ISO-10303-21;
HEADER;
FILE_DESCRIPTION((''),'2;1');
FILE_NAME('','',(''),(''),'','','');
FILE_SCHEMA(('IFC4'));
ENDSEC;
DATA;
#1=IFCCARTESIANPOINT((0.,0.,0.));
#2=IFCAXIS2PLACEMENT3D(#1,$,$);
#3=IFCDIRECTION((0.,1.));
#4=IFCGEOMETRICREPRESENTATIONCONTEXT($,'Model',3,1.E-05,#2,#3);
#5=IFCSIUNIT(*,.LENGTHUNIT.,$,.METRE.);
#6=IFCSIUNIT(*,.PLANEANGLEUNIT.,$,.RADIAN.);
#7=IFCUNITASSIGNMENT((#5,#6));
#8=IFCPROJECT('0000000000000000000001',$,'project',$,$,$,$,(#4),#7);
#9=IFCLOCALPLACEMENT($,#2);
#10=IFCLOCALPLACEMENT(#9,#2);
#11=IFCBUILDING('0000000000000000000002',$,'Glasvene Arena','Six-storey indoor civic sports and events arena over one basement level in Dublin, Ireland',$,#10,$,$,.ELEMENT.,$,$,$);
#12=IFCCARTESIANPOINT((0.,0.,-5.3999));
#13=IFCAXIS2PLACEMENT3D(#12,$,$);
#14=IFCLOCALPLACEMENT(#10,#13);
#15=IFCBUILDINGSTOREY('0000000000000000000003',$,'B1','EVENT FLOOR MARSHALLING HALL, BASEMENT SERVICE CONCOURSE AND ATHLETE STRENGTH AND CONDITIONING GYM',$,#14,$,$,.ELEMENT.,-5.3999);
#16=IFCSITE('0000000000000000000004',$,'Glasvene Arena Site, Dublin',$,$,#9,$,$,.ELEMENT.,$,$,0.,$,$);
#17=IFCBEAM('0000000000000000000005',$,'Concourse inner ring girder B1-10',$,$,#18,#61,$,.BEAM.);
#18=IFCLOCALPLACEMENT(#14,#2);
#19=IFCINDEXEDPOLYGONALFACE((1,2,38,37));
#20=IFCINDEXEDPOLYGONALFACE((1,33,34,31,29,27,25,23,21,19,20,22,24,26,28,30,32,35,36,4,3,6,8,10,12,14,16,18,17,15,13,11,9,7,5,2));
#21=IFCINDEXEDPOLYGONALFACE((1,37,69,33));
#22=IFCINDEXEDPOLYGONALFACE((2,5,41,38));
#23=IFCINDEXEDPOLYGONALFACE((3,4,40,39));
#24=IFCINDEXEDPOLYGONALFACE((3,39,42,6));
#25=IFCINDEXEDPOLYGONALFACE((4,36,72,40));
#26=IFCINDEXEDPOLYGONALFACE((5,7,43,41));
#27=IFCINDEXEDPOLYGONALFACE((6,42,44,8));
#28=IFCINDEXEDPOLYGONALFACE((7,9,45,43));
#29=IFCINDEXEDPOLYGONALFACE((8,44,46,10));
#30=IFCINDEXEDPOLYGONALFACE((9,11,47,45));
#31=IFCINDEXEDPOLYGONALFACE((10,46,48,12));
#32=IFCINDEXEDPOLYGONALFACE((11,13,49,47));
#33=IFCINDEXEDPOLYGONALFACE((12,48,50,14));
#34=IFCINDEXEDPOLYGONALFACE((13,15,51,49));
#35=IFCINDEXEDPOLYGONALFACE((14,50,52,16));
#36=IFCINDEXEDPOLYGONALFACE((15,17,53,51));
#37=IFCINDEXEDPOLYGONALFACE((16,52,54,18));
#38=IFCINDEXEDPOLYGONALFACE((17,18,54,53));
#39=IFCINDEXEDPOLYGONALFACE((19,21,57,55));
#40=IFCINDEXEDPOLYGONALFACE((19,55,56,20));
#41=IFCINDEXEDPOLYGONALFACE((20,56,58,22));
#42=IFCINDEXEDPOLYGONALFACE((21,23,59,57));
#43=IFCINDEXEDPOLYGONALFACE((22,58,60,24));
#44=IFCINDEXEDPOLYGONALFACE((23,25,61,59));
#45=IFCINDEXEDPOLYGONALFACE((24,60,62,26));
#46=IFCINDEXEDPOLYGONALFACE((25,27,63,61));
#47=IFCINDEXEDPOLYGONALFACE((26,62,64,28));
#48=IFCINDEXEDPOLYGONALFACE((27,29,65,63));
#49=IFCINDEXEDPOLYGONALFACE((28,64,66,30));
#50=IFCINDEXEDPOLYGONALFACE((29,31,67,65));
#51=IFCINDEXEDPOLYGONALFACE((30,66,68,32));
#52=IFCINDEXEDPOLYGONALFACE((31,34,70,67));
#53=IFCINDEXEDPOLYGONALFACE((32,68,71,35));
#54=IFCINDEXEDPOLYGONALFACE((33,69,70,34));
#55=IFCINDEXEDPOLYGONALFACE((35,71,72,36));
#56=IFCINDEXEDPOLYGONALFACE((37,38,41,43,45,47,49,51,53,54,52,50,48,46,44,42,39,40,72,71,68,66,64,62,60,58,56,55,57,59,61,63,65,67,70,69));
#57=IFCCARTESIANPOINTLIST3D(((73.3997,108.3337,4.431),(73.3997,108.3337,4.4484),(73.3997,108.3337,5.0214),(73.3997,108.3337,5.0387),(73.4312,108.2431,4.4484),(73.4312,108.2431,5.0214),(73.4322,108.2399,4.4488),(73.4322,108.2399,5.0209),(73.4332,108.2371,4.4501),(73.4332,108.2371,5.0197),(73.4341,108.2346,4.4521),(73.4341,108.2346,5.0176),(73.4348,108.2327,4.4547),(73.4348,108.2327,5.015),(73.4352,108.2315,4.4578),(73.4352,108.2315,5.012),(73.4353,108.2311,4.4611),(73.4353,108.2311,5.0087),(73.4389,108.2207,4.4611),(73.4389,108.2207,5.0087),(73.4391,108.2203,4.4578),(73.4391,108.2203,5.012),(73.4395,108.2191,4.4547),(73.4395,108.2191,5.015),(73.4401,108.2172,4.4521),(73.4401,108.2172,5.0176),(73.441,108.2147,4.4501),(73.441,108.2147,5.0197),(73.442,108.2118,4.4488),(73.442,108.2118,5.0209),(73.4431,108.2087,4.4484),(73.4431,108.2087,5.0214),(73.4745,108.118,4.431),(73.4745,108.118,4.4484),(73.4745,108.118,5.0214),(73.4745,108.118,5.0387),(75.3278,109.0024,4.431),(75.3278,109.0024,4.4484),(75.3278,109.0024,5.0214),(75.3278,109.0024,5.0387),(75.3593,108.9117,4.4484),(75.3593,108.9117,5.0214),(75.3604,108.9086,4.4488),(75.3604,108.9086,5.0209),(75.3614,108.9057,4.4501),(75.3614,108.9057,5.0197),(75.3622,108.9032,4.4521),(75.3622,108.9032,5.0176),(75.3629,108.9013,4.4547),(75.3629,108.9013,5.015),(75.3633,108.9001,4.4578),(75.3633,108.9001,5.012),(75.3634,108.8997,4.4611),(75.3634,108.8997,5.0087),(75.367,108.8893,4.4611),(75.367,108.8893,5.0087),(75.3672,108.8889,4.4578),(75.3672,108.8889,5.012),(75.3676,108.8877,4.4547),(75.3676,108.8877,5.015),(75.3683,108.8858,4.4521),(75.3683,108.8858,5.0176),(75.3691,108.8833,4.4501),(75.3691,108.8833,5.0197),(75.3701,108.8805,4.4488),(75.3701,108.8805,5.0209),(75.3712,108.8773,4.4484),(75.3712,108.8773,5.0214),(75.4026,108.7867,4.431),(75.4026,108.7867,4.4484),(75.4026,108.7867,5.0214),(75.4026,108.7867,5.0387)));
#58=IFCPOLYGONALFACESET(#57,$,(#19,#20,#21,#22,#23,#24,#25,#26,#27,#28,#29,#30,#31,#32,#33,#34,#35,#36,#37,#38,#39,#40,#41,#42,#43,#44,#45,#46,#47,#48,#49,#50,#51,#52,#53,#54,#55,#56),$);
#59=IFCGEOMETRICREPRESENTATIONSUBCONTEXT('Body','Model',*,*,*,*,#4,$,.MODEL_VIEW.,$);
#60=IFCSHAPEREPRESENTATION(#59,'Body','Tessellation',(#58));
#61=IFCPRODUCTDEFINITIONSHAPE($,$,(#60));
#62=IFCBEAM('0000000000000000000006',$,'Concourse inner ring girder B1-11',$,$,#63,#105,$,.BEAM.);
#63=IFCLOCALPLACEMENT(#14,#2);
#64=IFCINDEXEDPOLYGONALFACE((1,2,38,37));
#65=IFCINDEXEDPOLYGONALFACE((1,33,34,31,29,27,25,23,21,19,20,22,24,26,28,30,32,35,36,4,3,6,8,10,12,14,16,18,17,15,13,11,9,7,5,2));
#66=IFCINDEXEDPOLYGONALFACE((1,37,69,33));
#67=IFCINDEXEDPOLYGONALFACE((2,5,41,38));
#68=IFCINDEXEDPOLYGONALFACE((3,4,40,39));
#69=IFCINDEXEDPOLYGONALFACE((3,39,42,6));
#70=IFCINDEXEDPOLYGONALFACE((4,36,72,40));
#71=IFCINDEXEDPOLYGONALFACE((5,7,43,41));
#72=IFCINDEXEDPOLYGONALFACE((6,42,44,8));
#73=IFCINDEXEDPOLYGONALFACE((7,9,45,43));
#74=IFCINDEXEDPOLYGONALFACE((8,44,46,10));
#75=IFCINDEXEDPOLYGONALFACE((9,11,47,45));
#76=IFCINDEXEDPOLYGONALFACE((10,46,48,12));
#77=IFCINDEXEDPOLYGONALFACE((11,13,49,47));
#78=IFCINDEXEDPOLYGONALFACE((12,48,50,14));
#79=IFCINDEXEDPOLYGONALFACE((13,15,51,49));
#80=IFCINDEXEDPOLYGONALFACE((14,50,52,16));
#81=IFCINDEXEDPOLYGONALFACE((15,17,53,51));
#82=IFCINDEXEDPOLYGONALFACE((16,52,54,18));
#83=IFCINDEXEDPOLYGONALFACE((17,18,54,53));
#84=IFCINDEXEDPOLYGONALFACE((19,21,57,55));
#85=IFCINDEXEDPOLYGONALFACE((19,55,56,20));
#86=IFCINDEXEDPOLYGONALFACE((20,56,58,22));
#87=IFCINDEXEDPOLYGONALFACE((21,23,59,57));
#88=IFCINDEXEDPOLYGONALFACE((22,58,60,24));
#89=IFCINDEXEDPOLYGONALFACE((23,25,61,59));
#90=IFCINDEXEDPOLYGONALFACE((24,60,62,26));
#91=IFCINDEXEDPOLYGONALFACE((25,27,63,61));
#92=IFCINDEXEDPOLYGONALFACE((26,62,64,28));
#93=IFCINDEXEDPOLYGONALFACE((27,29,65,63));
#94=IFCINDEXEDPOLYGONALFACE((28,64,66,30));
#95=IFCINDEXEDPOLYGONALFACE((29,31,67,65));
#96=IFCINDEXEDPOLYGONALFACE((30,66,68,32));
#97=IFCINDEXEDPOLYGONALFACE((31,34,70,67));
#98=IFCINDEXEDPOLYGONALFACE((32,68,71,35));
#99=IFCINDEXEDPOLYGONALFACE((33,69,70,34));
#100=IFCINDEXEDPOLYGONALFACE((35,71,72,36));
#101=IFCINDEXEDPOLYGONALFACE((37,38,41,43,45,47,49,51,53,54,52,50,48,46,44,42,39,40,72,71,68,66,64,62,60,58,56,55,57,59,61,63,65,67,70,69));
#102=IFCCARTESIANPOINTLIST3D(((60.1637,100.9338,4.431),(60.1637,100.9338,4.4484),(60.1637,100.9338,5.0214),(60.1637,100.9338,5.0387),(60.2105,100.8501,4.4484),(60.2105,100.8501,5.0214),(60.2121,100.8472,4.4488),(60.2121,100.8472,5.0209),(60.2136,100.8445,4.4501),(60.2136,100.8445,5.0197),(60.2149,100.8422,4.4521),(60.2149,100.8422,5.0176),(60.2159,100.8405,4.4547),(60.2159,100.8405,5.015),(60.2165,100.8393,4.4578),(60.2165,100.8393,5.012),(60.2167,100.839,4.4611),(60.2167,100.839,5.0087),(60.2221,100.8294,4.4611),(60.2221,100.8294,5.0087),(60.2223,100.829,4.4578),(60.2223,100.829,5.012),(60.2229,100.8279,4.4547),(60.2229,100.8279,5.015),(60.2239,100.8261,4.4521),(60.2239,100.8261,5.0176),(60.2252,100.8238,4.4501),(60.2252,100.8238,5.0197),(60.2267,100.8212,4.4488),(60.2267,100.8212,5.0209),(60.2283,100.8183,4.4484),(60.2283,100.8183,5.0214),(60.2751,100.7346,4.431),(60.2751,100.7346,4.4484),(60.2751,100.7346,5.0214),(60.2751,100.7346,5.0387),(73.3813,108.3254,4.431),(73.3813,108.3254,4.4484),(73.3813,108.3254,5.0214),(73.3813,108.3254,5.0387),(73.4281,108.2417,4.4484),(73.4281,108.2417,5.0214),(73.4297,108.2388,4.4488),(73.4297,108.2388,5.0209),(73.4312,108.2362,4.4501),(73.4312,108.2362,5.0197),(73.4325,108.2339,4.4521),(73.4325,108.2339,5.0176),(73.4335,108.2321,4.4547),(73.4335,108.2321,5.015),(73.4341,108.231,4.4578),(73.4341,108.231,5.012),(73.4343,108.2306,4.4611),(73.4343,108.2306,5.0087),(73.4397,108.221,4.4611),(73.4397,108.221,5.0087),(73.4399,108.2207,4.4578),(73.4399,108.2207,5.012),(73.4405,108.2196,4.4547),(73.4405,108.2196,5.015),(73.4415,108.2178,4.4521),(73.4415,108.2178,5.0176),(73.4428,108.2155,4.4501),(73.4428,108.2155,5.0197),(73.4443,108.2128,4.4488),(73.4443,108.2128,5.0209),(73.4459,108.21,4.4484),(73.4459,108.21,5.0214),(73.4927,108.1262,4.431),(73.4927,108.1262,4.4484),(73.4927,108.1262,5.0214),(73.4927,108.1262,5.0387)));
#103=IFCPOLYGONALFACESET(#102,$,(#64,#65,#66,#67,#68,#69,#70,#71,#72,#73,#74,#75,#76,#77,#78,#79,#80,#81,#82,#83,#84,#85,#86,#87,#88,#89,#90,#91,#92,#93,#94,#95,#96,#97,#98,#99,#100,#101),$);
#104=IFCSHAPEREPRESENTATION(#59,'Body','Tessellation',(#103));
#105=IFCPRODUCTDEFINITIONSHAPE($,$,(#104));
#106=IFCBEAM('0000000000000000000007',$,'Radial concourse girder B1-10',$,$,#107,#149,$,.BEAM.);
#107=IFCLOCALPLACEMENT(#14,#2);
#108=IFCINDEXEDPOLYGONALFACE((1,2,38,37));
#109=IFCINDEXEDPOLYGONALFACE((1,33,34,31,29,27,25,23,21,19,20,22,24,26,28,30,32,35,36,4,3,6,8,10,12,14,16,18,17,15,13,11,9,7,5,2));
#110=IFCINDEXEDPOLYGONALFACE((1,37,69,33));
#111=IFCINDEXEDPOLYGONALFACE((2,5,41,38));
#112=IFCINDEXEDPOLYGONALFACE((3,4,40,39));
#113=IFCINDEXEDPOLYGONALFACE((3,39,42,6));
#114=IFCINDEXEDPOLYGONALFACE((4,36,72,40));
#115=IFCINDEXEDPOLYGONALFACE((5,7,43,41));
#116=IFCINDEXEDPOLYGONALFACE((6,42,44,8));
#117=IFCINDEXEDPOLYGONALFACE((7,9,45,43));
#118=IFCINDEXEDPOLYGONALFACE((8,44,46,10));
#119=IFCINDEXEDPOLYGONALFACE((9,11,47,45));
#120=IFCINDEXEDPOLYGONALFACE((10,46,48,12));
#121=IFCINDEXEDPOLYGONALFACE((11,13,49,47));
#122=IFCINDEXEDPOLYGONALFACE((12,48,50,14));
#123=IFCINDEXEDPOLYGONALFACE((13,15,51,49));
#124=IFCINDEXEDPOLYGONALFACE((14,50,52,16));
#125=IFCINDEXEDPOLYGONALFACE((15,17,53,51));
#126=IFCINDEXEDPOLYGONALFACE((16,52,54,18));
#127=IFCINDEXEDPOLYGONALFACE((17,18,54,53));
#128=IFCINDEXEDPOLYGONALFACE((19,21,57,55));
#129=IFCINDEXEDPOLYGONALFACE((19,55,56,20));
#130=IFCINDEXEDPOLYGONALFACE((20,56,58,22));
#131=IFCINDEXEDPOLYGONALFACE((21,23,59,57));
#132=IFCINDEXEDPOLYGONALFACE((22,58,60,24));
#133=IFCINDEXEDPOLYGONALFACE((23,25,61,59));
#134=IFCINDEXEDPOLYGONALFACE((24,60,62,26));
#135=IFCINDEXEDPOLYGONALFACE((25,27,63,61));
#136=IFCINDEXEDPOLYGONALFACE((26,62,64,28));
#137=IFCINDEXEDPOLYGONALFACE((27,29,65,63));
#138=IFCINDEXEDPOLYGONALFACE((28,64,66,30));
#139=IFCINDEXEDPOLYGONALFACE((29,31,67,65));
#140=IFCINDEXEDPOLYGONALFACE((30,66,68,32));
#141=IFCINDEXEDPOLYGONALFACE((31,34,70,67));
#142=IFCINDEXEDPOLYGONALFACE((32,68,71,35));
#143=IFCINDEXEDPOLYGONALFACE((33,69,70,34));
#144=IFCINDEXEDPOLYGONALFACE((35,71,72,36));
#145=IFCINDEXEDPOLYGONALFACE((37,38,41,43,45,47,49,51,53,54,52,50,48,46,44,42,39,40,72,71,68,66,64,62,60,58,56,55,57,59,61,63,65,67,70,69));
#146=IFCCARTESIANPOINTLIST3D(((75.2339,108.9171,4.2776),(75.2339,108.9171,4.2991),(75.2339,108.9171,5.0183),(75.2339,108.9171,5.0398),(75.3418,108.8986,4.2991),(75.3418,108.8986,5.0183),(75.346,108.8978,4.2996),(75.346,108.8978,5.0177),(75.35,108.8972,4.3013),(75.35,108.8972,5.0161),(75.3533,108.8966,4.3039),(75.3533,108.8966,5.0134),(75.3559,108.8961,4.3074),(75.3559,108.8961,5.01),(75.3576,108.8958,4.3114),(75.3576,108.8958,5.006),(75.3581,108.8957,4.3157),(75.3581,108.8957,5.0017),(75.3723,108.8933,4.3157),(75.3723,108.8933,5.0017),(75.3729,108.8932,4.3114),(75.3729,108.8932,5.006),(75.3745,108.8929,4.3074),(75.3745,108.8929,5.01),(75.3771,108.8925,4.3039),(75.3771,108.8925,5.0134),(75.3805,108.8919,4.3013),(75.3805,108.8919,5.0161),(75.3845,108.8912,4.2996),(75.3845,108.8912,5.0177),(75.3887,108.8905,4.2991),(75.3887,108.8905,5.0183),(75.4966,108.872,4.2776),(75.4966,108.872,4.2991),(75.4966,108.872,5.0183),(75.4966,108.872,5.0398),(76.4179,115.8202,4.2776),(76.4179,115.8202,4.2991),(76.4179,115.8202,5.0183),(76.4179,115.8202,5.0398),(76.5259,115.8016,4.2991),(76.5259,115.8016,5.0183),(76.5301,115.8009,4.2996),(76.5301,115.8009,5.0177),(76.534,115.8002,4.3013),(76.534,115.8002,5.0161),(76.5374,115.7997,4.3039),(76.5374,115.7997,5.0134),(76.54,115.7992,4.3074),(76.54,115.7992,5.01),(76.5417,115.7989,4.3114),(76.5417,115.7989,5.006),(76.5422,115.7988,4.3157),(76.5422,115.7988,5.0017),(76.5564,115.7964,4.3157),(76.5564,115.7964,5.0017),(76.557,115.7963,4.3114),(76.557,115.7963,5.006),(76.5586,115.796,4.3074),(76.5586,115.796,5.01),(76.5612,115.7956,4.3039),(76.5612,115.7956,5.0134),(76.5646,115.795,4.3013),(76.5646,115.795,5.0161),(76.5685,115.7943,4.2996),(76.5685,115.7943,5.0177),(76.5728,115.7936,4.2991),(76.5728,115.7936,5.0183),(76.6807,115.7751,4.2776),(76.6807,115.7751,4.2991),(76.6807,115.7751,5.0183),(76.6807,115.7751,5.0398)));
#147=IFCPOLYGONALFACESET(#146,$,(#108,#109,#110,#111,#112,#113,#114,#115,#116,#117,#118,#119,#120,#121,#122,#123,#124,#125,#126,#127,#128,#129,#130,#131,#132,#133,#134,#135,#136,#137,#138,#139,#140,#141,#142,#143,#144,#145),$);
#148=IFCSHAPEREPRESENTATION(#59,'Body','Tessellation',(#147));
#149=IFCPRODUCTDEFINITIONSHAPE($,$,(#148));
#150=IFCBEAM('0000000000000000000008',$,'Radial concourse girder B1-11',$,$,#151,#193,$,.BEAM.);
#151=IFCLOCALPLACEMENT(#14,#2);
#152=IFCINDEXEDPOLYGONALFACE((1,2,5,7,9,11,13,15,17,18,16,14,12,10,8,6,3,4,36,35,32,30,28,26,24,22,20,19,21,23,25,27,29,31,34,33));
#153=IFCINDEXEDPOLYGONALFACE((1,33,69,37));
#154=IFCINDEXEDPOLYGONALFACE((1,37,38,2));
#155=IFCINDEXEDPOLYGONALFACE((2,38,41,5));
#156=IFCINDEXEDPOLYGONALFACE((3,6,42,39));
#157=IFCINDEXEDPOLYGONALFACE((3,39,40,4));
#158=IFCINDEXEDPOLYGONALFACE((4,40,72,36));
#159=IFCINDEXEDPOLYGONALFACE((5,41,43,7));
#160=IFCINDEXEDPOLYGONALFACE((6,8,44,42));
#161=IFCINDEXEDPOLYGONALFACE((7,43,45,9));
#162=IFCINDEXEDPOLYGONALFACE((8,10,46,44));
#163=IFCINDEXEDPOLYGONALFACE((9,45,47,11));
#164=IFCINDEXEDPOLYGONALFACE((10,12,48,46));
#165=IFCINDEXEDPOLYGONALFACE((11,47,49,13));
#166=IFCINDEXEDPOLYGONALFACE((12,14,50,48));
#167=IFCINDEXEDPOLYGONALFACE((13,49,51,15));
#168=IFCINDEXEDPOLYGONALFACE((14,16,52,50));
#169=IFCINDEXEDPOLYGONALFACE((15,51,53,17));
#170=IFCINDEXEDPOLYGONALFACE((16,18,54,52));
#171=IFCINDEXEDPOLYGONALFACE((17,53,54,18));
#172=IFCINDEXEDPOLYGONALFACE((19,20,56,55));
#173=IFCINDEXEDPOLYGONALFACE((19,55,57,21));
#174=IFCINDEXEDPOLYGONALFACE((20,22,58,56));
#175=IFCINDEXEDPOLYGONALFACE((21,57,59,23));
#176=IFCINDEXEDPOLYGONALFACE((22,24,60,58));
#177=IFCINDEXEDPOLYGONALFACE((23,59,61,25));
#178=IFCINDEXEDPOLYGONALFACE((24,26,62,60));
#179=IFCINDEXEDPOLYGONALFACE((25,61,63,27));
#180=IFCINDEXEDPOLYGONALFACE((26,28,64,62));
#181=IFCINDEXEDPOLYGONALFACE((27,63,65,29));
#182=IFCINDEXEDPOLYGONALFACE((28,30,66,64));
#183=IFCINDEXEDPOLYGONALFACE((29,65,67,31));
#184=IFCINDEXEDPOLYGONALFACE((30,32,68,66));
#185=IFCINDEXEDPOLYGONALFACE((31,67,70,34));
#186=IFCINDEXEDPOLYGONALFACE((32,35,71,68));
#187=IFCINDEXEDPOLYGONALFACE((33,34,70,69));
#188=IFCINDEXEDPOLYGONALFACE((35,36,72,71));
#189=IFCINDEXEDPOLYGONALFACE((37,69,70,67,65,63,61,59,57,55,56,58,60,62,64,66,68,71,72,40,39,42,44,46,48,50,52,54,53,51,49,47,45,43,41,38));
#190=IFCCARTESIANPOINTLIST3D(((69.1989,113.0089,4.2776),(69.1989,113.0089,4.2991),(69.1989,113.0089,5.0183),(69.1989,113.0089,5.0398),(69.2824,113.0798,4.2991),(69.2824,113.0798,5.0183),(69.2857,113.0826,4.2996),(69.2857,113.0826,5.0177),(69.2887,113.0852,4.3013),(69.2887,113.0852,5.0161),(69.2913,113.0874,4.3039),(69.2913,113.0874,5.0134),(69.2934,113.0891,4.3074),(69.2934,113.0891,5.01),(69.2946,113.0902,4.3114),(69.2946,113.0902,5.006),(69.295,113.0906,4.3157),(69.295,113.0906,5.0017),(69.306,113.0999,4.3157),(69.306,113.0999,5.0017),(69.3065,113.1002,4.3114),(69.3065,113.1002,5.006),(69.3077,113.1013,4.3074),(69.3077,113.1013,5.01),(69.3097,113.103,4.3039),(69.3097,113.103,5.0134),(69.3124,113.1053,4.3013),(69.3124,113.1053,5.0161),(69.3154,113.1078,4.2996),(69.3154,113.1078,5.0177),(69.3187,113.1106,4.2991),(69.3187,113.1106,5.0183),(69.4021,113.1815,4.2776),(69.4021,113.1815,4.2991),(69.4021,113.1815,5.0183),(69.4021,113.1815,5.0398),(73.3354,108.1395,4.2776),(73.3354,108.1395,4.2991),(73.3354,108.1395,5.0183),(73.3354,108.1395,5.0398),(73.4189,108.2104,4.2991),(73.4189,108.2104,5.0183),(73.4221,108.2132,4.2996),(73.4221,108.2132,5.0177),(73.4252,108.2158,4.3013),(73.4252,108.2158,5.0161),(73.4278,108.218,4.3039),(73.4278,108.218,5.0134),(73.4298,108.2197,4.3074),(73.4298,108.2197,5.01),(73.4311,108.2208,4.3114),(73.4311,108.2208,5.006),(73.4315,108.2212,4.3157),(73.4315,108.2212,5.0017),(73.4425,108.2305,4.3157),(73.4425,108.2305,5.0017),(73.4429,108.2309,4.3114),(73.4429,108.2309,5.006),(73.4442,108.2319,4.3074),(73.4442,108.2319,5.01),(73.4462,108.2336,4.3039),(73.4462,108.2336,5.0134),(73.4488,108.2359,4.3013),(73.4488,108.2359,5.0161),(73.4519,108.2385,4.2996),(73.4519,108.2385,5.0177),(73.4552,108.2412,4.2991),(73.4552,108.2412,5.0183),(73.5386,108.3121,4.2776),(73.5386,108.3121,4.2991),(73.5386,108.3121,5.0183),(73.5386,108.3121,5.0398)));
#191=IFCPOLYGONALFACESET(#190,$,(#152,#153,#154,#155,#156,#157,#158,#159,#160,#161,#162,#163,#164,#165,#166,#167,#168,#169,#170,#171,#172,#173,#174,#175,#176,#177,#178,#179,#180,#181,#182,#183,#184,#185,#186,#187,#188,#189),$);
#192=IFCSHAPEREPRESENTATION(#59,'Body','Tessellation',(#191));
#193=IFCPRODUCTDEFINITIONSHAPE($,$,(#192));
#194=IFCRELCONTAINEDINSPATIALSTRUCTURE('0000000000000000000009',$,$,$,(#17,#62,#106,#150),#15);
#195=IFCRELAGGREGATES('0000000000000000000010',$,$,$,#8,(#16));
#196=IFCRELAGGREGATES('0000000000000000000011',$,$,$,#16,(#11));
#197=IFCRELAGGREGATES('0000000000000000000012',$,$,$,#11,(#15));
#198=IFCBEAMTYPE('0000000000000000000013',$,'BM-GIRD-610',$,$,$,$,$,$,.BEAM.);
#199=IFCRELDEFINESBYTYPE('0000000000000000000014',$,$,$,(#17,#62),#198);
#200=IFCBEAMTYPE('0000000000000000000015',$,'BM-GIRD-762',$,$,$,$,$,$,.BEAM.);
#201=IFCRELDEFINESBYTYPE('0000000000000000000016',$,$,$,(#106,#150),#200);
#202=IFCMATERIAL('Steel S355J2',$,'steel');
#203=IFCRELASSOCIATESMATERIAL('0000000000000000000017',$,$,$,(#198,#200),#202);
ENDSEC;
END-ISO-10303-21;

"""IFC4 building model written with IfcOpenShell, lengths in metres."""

from ifc_helpers import new_model, si_unit, direction, frame, origin, origin_2d, place, context, subcontext, project, spatial, i_section, extrude, material, material_profile, profile_set, type_object, element, save


model = new_model("IFC4")

# Units and contexts
model_context = context("Model", 3, precision=1e-05, world=origin(), true_north=direction((0.0, 1.0)))
body_context = subcontext(model_context, "Body", "Model", "MODEL_VIEW")
ifc_project = project(units=[si_unit("LENGTHUNIT", "METRE"), si_unit("PLANEANGLEUNIT", "RADIAN")], contexts=[model_context])

# Site, building, storey
site_placement = place(None, origin())
site = spatial("IfcSite", under=ifc_project, at=site_placement, Name="Glasvene Arena Site, Dublin", CompositionType="ELEMENT", RefElevation=0.0)
building_placement = place(site_placement, origin())
building = spatial("IfcBuilding", under=site, at=building_placement, Name="Glasvene Arena", Description="Six-storey indoor civic sports and events arena over one basement level in Dublin, Ireland", CompositionType="ELEMENT")
storey_placement = place(building_placement, frame((0.0, 0.0, -5.3999)))
storey = spatial("IfcBuildingStorey", under=building, at=storey_placement, Name="B1", Description="EVENT FLOOR MARSHALLING HALL, BASEMENT SERVICE CONCOURSE AND ATHLETE STRENGTH AND CONDITIONING GYM", CompositionType="ELEMENT", Elevation=-5.3999)

# Shared definitions
ifc_material_1 = material(Name="Steel S355J2", Category="steel")

# Beams
ifc_material_profile_1 = material_profile(ifc_material_1, i_section(OverallWidth=0.2283, OverallDepth=0.6077, WebThickness=0.011, FlangeThickness=0.0173, FilletRadius=0.0127, at=origin_2d()), Name="UKB 610x229x113")
ifc_profile_set_1 = profile_set([ifc_material_profile_1], Name="Steel S355J2")
beam_type_1 = type_object("IfcBeamType", Name="BM-GIRD-610", PredefinedType="BEAM", material=ifc_profile_set_1)
beam_1_placement = place(storey_placement, frame((75.3652, 108.8945, 4.7349), z_axis=(-0.944798, -0.327653, 0.0), x_axis=(0.327653, -0.944798, 0.0)))
element("IfcBeam", 1, at=beam_1_placement, inside=storey, type_object=beam_type_1, Name="Concourse inner ring girder B1-10", PredefinedType="BEAM", context=body_context, shape_type="SweptSolid", body=[
    extrude(i_section(OverallWidth=0.2283, OverallDepth=0.6077, WebThickness=0.011, FlangeThickness=0.0173, FilletRadius=0.0127, at=origin_2d()), origin(), (0.0, 0.0, 1.0), 2.0408),
])
beam_2_placement = place(storey_placement, frame((73.437, 108.2258, 4.7349), z_axis=(-0.872793, -0.48809, 0.0), x_axis=(0.48809, -0.872793, 0.0)))
element("IfcBeam", 2, at=beam_2_placement, inside=storey, type_object=beam_type_1, Name="Concourse inner ring girder B1-11", PredefinedType="BEAM", context=body_context, shape_type="SweptSolid", body=[
    extrude(i_section(OverallWidth=0.2283, OverallDepth=0.6077, WebThickness=0.011, FlangeThickness=0.0173, FilletRadius=0.0127, at=origin_2d()), origin(), (0.0, 0.0, 1.0), 15.144),
])
ifc_material_profile_2 = material_profile(ifc_material_1, i_section(OverallWidth=0.2666, OverallDepth=0.7622, WebThickness=0.0144, FlangeThickness=0.0215, FilletRadius=0.0166, at=origin_2d()), Name="UKB 762x267x173")
ifc_profile_set_2 = profile_set([ifc_material_profile_2], Name="Steel S355J2")
beam_type_2 = type_object("IfcBeamType", Name="BM-GIRD-762", PredefinedType="BEAM", material=ifc_profile_set_2)
beam_3_placement = place(storey_placement, frame((75.3652, 108.8945, 4.6587), z_axis=(0.169061, 0.985606, 0.0), x_axis=(-0.985606, 0.169061, 0.0)))
element("IfcBeam", 3, at=beam_3_placement, inside=storey, type_object=beam_type_2, Name="Radial concourse girder B1-10", PredefinedType="BEAM", context=body_context, shape_type="SweptSolid", body=[
    extrude(i_section(OverallWidth=0.2666, OverallDepth=0.7622, WebThickness=0.0144, FlangeThickness=0.0215, FilletRadius=0.0166, at=origin_2d()), origin(), (0.0, 0.0, 1.0), 7.0039),
])
beam_4_placement = place(storey_placement, frame((73.437, 108.2258, 4.6587), z_axis=(-0.647421, 0.762133, 0.0), x_axis=(-0.762133, -0.647421, 0.0)))
element("IfcBeam", 4, at=beam_4_placement, inside=storey, type_object=beam_type_2, Name="Radial concourse girder B1-11", PredefinedType="BEAM", context=body_context, shape_type="SweptSolid", body=[
    extrude(i_section(OverallWidth=0.2666, OverallDepth=0.7622, WebThickness=0.0144, FlangeThickness=0.0215, FilletRadius=0.0166, at=origin_2d()), origin(), (0.0, 0.0, 1.0), 6.3892),
])

save(model, "model.ifc")
